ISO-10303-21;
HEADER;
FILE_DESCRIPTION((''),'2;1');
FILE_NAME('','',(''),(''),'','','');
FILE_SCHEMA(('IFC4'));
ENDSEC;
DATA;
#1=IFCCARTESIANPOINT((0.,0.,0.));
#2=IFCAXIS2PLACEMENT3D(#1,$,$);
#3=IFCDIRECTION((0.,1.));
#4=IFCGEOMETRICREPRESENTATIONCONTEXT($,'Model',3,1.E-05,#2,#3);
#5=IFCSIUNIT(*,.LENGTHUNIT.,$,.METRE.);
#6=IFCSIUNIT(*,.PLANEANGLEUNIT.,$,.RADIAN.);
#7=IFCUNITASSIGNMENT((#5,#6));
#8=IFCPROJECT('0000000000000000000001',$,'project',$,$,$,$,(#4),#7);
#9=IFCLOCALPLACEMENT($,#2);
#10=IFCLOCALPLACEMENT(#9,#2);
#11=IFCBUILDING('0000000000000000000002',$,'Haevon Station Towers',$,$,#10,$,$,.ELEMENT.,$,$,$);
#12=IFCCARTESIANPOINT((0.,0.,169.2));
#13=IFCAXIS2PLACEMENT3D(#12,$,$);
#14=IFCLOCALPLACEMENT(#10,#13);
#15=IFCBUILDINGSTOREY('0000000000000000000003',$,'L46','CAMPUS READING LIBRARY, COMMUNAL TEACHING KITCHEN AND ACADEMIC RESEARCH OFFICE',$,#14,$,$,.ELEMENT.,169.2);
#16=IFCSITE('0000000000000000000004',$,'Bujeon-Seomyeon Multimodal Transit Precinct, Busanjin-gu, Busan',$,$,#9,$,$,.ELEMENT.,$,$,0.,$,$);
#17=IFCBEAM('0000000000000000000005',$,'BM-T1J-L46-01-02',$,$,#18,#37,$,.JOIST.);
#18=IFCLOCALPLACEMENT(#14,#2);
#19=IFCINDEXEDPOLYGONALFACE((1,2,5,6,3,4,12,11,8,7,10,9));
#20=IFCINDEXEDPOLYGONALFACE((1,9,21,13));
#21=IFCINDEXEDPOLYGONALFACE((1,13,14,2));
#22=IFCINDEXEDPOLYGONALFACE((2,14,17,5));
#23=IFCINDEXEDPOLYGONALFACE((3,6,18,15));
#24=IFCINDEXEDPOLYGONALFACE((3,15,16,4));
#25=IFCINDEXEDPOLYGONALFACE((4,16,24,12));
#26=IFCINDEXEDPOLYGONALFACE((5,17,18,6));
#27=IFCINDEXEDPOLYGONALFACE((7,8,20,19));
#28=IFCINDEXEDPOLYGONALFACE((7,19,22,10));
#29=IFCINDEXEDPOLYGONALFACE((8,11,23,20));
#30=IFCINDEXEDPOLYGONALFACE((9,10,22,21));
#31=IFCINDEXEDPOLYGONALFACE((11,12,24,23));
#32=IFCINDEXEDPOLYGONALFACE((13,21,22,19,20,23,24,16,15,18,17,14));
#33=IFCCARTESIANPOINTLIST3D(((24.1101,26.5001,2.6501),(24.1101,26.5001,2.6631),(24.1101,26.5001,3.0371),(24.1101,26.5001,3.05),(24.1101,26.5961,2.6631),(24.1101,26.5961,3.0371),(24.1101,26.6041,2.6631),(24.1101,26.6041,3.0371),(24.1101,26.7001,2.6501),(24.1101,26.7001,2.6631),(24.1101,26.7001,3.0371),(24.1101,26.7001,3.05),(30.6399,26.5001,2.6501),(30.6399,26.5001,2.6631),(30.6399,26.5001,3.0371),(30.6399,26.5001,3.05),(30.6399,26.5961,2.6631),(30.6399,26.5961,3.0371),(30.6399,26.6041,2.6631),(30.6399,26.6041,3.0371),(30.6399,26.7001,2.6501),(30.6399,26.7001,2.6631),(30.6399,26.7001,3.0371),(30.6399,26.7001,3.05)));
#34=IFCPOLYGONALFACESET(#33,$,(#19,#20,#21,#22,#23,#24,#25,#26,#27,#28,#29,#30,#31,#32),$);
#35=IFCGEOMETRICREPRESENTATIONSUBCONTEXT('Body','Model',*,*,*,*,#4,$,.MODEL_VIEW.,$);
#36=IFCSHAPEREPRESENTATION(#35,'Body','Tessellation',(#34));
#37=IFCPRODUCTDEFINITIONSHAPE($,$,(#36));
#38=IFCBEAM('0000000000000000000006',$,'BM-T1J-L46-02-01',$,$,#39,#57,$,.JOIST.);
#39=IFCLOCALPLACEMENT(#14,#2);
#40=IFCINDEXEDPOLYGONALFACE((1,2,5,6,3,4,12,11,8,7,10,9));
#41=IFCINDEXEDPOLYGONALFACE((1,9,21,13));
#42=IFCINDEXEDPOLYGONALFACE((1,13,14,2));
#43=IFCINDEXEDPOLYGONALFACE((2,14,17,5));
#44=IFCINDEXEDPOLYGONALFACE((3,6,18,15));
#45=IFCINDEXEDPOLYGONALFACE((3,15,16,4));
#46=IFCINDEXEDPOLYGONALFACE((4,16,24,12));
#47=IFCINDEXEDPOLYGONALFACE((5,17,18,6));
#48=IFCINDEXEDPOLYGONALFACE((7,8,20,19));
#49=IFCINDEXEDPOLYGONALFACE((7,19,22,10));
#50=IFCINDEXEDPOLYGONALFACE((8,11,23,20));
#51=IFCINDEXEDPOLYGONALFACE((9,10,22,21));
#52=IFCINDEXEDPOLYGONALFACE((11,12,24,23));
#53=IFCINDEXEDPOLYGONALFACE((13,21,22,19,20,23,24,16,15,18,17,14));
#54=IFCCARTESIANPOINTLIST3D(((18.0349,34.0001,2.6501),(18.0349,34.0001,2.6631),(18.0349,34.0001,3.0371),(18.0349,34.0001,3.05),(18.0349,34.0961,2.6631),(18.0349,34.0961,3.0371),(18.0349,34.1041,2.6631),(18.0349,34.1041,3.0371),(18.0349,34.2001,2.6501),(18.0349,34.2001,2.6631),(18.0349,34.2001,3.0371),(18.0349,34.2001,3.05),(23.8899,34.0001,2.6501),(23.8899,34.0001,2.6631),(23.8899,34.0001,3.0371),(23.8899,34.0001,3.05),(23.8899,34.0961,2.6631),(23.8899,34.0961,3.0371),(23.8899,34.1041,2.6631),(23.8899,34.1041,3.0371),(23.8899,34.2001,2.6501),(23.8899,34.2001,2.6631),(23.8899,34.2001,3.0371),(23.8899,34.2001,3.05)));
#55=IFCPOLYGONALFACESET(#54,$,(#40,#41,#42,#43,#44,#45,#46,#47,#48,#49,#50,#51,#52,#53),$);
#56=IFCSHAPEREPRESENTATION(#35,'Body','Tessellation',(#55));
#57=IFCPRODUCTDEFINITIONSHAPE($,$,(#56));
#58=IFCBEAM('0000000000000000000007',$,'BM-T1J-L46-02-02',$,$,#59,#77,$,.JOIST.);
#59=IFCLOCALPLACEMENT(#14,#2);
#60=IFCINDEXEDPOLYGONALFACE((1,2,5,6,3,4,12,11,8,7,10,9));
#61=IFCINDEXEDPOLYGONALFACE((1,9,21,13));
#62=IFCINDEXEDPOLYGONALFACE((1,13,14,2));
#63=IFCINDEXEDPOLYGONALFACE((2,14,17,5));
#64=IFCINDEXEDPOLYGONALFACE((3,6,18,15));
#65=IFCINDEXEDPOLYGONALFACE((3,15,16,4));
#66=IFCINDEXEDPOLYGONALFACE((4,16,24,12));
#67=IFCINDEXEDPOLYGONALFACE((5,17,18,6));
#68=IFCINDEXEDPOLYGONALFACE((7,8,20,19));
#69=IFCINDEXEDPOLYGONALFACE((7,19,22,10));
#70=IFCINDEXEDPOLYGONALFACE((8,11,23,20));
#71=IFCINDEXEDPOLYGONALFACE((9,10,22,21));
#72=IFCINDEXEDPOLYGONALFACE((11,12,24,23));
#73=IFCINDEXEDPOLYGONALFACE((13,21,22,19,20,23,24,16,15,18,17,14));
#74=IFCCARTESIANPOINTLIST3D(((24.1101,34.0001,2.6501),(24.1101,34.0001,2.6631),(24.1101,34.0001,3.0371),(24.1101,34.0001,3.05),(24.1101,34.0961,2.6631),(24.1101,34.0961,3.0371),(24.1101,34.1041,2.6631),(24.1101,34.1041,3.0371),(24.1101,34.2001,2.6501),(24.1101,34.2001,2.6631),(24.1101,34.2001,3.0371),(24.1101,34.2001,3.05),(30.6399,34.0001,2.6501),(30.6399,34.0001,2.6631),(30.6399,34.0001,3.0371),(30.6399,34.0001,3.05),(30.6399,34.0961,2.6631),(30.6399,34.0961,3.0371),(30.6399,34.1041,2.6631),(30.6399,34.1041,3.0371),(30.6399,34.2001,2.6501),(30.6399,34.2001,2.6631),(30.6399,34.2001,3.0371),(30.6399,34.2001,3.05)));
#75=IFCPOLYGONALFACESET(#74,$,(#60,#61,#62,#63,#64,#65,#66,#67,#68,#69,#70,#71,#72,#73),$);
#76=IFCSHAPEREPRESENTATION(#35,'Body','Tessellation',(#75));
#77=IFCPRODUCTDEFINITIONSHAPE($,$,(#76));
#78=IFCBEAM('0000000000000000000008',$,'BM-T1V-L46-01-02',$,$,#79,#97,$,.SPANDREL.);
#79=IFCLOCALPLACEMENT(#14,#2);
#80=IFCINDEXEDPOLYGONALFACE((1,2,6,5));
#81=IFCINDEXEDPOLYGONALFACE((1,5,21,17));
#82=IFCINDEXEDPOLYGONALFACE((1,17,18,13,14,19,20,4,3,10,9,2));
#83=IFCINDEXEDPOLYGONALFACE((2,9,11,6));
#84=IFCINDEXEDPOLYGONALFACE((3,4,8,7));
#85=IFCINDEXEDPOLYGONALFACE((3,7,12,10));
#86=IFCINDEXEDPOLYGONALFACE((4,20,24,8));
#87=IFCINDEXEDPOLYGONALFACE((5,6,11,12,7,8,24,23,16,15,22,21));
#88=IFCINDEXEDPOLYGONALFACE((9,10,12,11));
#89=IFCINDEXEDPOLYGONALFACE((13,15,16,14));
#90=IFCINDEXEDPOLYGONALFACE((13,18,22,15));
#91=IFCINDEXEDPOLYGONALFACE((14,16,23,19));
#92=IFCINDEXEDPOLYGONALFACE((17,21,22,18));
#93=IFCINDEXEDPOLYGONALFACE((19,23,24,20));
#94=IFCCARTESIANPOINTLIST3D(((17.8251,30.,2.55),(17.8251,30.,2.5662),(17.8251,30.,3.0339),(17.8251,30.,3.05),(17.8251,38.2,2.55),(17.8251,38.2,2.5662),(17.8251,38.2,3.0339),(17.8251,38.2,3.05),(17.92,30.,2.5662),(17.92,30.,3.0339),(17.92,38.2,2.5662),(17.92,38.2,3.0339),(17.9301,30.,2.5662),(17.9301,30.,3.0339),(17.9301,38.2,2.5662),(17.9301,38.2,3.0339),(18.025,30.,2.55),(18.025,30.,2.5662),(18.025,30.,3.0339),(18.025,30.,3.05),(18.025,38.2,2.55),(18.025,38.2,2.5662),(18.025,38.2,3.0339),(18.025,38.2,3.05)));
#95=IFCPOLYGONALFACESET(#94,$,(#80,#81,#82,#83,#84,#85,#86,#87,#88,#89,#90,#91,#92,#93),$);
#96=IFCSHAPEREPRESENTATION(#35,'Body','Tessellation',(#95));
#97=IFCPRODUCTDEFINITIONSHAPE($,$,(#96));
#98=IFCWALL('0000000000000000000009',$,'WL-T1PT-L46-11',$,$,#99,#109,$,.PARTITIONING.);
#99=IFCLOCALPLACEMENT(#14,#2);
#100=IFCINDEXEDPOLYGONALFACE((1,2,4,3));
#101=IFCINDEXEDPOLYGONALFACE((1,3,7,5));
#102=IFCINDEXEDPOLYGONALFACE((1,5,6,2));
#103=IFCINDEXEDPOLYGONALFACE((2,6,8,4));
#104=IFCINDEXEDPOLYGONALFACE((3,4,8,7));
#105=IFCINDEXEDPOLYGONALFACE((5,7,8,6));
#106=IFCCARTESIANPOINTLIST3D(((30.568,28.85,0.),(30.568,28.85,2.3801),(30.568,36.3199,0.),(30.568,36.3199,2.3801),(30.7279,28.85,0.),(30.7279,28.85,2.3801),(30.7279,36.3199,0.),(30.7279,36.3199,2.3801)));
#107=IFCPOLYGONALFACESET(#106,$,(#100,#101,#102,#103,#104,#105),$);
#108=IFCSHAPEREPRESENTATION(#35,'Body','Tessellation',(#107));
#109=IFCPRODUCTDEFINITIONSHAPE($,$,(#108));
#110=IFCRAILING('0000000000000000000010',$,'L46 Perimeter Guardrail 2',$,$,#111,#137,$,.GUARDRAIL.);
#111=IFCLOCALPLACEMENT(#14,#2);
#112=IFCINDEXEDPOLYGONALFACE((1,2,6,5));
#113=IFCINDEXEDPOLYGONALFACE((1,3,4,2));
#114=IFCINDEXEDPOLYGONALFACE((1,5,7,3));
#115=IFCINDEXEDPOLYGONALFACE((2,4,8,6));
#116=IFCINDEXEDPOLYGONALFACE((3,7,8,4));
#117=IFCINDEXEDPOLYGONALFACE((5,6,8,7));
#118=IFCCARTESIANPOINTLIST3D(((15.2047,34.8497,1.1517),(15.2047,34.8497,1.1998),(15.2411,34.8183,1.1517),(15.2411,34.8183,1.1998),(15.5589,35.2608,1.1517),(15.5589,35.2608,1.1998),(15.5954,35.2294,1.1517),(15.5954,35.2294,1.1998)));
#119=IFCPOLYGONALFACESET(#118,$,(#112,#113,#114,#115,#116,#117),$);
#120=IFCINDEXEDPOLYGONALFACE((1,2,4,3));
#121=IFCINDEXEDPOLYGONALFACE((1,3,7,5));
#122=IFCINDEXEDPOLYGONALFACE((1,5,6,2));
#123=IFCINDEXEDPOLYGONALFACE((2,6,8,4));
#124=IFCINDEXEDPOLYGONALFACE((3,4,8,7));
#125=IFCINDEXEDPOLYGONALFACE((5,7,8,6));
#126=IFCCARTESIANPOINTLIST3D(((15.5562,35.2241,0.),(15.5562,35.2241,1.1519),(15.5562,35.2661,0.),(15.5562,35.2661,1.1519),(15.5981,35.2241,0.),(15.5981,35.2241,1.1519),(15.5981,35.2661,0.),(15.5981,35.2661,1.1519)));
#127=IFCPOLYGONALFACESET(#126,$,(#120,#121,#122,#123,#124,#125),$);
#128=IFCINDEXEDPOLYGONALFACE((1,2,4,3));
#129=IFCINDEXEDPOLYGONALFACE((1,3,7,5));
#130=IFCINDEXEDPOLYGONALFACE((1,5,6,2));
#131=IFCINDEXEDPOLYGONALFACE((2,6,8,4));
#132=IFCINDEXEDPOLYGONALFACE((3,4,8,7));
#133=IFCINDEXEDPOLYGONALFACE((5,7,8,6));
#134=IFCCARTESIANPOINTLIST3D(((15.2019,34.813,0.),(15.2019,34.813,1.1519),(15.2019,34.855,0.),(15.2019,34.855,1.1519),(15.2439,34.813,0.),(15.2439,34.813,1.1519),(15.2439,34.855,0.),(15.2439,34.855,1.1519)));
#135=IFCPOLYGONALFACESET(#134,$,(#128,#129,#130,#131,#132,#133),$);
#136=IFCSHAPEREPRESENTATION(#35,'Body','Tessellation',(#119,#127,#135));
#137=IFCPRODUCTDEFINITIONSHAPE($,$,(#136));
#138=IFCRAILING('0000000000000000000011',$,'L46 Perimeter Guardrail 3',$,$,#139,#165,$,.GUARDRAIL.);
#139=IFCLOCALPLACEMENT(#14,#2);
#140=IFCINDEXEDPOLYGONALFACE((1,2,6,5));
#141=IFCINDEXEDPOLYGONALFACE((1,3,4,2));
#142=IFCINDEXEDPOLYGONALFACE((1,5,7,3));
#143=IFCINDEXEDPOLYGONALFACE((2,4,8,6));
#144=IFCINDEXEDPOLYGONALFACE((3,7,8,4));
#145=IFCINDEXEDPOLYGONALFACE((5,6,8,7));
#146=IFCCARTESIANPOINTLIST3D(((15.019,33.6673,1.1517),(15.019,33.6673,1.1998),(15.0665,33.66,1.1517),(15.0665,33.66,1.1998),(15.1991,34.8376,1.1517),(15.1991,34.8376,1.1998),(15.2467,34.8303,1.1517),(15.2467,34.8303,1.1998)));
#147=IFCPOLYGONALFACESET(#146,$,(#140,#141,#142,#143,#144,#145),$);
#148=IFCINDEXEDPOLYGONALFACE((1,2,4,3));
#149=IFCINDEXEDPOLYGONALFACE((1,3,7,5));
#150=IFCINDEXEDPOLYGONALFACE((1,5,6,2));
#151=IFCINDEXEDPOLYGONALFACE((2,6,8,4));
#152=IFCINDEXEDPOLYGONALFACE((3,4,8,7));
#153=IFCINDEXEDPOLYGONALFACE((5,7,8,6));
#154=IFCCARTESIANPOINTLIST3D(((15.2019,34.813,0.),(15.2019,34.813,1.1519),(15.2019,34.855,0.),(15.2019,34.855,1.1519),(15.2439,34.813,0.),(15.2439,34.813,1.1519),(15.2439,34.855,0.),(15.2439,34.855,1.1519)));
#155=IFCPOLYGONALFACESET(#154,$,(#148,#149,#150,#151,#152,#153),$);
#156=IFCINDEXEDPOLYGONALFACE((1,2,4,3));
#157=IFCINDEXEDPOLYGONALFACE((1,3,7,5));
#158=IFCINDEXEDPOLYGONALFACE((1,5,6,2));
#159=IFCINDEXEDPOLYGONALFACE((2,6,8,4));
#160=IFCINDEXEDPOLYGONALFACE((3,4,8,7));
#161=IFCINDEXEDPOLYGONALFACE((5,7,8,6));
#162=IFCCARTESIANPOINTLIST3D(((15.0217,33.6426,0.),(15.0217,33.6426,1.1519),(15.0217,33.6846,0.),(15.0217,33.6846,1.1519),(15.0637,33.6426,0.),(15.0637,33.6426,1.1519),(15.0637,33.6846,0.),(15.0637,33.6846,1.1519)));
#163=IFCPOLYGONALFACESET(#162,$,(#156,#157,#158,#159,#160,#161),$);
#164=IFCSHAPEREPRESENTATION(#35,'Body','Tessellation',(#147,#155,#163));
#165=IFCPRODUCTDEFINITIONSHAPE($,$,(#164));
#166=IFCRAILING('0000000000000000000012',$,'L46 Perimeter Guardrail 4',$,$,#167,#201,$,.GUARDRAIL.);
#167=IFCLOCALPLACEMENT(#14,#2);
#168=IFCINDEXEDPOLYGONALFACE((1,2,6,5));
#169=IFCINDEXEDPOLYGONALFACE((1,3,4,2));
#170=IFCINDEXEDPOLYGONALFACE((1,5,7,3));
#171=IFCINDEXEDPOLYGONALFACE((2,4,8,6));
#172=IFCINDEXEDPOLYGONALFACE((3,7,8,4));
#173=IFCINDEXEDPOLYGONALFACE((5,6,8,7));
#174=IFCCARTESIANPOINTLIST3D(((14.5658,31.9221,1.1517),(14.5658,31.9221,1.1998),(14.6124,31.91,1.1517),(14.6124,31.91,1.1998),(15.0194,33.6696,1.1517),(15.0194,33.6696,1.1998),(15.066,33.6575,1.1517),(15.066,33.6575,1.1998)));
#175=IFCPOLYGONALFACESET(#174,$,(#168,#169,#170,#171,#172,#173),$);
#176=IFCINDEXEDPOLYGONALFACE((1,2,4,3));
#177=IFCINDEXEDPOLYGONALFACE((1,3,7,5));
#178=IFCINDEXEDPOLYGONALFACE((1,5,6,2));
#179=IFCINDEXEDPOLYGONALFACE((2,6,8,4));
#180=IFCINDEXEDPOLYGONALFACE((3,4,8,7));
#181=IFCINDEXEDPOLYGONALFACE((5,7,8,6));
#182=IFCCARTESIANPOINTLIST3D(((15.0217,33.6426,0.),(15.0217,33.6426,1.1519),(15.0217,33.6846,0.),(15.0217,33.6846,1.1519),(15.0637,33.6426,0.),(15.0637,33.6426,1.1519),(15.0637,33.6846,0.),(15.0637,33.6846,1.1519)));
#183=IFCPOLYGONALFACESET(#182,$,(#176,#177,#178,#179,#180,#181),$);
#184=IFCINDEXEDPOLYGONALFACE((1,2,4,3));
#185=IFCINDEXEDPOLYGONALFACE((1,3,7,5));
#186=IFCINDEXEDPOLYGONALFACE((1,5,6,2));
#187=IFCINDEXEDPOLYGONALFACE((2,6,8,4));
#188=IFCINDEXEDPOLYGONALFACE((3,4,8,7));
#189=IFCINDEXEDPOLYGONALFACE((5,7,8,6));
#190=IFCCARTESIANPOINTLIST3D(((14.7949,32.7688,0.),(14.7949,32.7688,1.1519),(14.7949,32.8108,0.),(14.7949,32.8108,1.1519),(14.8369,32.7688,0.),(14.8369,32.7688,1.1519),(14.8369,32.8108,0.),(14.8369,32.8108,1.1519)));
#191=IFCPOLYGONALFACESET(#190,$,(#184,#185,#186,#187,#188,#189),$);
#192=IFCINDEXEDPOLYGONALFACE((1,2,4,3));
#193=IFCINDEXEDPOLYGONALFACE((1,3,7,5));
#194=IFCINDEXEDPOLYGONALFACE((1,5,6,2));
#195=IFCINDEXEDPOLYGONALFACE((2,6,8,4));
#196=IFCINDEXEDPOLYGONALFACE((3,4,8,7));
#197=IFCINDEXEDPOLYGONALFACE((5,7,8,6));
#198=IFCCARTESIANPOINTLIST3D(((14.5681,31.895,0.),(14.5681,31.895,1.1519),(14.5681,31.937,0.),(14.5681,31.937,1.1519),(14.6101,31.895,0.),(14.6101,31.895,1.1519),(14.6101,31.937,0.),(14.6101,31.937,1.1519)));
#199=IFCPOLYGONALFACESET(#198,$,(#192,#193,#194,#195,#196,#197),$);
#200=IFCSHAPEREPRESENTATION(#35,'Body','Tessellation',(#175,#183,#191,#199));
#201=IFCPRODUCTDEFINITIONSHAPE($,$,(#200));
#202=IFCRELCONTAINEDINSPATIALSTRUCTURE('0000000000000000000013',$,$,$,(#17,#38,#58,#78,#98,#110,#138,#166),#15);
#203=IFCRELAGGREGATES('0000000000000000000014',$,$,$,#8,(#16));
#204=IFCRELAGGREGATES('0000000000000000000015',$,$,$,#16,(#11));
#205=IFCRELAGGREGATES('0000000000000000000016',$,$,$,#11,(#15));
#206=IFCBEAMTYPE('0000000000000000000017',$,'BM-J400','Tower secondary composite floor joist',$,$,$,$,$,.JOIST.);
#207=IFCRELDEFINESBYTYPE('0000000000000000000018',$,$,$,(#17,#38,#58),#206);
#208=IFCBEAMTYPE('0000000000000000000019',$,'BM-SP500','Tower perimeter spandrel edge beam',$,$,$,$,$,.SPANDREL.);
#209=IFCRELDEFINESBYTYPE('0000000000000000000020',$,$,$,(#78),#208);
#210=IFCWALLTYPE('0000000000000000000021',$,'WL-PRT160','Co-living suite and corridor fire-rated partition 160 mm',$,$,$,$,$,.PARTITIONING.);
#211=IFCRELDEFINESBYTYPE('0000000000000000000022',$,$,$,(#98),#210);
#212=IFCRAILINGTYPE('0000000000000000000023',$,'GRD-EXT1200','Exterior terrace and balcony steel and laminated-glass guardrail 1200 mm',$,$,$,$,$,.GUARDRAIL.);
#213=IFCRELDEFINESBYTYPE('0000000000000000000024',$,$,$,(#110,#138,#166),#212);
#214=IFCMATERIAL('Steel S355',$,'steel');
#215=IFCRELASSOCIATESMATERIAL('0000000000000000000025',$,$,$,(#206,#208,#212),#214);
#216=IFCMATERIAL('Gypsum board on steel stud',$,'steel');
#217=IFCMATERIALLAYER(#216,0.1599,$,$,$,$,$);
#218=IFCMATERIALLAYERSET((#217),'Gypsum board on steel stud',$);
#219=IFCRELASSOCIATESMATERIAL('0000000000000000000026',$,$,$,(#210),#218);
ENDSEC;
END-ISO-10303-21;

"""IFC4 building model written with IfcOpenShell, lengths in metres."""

from ifc_helpers import new_model, si_unit, direction, frame, frame_2d, origin, origin_2d, place, context, subcontext, project, spatial, rectangle, i_section, extrude, material, layer, layer_set, material_profile, profile_set, type_object, element, save


model = new_model("IFC4")

# Units and contexts
model_context = context("Model", 3, precision=1e-05, world=origin(), true_north=direction((0.0, 1.0)))
body_context = subcontext(model_context, "Body", "Model", "MODEL_VIEW")
ifc_project = project(units=[si_unit("LENGTHUNIT", "METRE"), si_unit("PLANEANGLEUNIT", "RADIAN")], contexts=[model_context])

# Site, building, storey
site_placement = place(None, origin())
site = spatial("IfcSite", under=ifc_project, at=site_placement, Name="Bujeon-Seomyeon Multimodal Transit Precinct, Busanjin-gu, Busan", CompositionType="ELEMENT", RefElevation=0.0)
building_placement = place(site_placement, origin())
building = spatial("IfcBuilding", under=site, at=building_placement, Name="Haevon Station Towers", CompositionType="ELEMENT")
storey_placement = place(building_placement, frame((0.0, 0.0, 169.2)))
storey = spatial("IfcBuildingStorey", under=building, at=storey_placement, Name="L46", Description="CAMPUS READING LIBRARY, COMMUNAL TEACHING KITCHEN AND ACADEMIC RESEARCH OFFICE", CompositionType="ELEMENT", Elevation=169.2)

# Shared definitions
ifc_material_1 = material(Name="Steel S355", Category="steel")

# Beams
ifc_material_profile_1 = material_profile(ifc_material_1, i_section(OverallWidth=0.2, OverallDepth=0.3999, WebThickness=0.0081, FlangeThickness=0.0129, at=origin_2d()), Name="H-400x200x8x13")
ifc_profile_set_1 = profile_set([ifc_material_profile_1], Name="Steel S355")
beam_type_1 = type_object("IfcBeamType", Name="BM-J400", Description="Tower secondary composite floor joist", PredefinedType="JOIST", material=ifc_profile_set_1)
beam_1_placement = place(storey_placement, frame((24.1101, 26.6001, 2.8501), z_axis=(1.0, 0.0, 0.0), x_axis=(0.0, 1.0, 0.0)))
element("IfcBeam", 1, at=beam_1_placement, inside=storey, type_object=beam_type_1, Name="BM-T1J-L46-01-02", PredefinedType="JOIST", context=body_context, shape_type="SweptSolid", body=[
    extrude(i_section(OverallWidth=0.2, OverallDepth=0.3999, WebThickness=0.0081, FlangeThickness=0.0129, at=origin_2d()), origin(), (0.0, 0.0, 1.0), 6.5298),
])
beam_2_placement = place(storey_placement, frame((18.0349, 34.1001, 2.8501), z_axis=(1.0, 0.0, 0.0), x_axis=(0.0, 1.0, 0.0)))
element("IfcBeam", 2, at=beam_2_placement, inside=storey, type_object=beam_type_1, Name="BM-T1J-L46-02-01", PredefinedType="JOIST", context=body_context, shape_type="SweptSolid", body=[
    extrude(i_section(OverallWidth=0.2, OverallDepth=0.3999, WebThickness=0.0081, FlangeThickness=0.0129, at=origin_2d()), origin(), (0.0, 0.0, 1.0), 5.855),
])
beam_3_placement = place(storey_placement, frame((24.1101, 34.1001, 2.8501), z_axis=(1.0, 0.0, 0.0), x_axis=(0.0, 1.0, 0.0)))
element("IfcBeam", 3, at=beam_3_placement, inside=storey, type_object=beam_type_1, Name="BM-T1J-L46-02-02", PredefinedType="JOIST", context=body_context, shape_type="SweptSolid", body=[
    extrude(i_section(OverallWidth=0.2, OverallDepth=0.3999, WebThickness=0.0081, FlangeThickness=0.0129, at=origin_2d()), origin(), (0.0, 0.0, 1.0), 6.5298),
])
ifc_material_profile_2 = material_profile(ifc_material_1, i_section(OverallWidth=0.2, OverallDepth=0.5, WebThickness=0.01, FlangeThickness=0.0161, at=origin_2d()), Name="H-500x200x10x16")
ifc_profile_set_2 = profile_set([ifc_material_profile_2], Name="Steel S355")
beam_type_2 = type_object("IfcBeamType", Name="BM-SP500", Description="Tower perimeter spandrel edge beam", PredefinedType="SPANDREL", material=ifc_profile_set_2)
beam_4_placement = place(storey_placement, frame((17.925, 30.0, 2.8), z_axis=(0.0, 1.0, 0.0), x_axis=(-1.0, 0.0, 0.0)))
element("IfcBeam", 4, at=beam_4_placement, inside=storey, type_object=beam_type_2, Name="BM-T1V-L46-01-02", PredefinedType="SPANDREL", context=body_context, shape_type="SweptSolid", body=[
    extrude(i_section(OverallWidth=0.2, OverallDepth=0.5, WebThickness=0.01, FlangeThickness=0.0161, at=origin_2d()), origin(), (0.0, 0.0, 1.0), 8.2),
])

# Wall
ifc_material_2 = material(Name="Gypsum board on steel stud", Category="steel")
ifc_layer_1 = layer(ifc_material_2, 0.1599)
ifc_layer_set_1 = layer_set([ifc_layer_1], Name="Gypsum board on steel stud")
wall_type = type_object("IfcWallType", Name="WL-PRT160", Description="Co-living suite and corridor fire-rated partition 160 mm", PredefinedType="PARTITIONING", material=ifc_layer_set_1)
wall_placement = place(storey_placement, frame((30.6479, 28.8501, 0.0), z_axis=(0.0, 0.0, 1.0), x_axis=(0.0, 1.0, 0.0)))
element("IfcWall", 5, at=wall_placement, inside=storey, type_object=wall_type, Name="WL-T1PT-L46-11", PredefinedType="PARTITIONING", context=body_context, shape_type="SweptSolid", body=[
    extrude(rectangle(XDim=7.47, YDim=0.1599, at=frame_2d((3.7349, 0.0))), origin(), (0.0, 0.0, 1.0), 2.3801),
])

# Railings
railing_type = type_object("IfcRailingType", Name="GRD-EXT1200", Description="Exterior terrace and balcony steel and laminated-glass guardrail 1200 mm", PredefinedType="GUARDRAIL", material=ifc_material_1)
railing_1_placement = place(storey_placement, frame((15.5771, 35.2451, 0.0)))
element("IfcRailing", 6, at=railing_1_placement, inside=storey, type_object=railing_type, Name="L46 Perimeter Guardrail 2", PredefinedType="GUARDRAIL", context=body_context, shape_type="SweptSolid", body=[
    extrude(rectangle(XDim=0.0481, YDim=0.0481, at=origin_2d()), frame((0.0, 0.0, 1.1758), z_axis=(-0.652753, -0.757571, 0.0), x_axis=(0.757571, -0.652753, 0.0)), (0.0, 0.0, 1.0), 0.5427),
    extrude(rectangle(XDim=0.042, YDim=0.042, at=origin_2d()), origin(), (0.0, 0.0, 1.0), 1.1519),
    extrude(rectangle(XDim=0.042, YDim=0.042, at=origin_2d()), frame((-0.3542, -0.4111, 0.0)), (0.0, 0.0, 1.0), 1.1519),
])
railing_2_placement = place(storey_placement, frame((15.2229, 34.834, 0.0)))
element("IfcRailing", 7, at=railing_2_placement, inside=storey, type_object=railing_type, Name="L46 Perimeter Guardrail 3", PredefinedType="GUARDRAIL", context=body_context, shape_type="SweptSolid", body=[
    extrude(rectangle(XDim=0.0481, YDim=0.0481, at=origin_2d()), frame((0.0, 0.0, 1.1758), z_axis=(-0.15215, -0.988357, 0.0), x_axis=(0.988357, -0.15215, 0.0)), (0.0, 0.0, 1.0), 1.1841),
    extrude(rectangle(XDim=0.042, YDim=0.042, at=origin_2d()), origin(), (0.0, 0.0, 1.0), 1.1519),
    extrude(rectangle(XDim=0.042, YDim=0.042, at=origin_2d()), frame((-0.1802, -1.1704, 0.0)), (0.0, 0.0, 1.0), 1.1519),
])
railing_3_placement = place(storey_placement, frame((15.0427, 33.6636, 0.0)))
element("IfcRailing", 8, at=railing_3_placement, inside=storey, type_object=railing_type, Name="L46 Perimeter Guardrail 4", PredefinedType="GUARDRAIL", context=body_context, shape_type="SweptSolid", body=[
    extrude(rectangle(XDim=0.0481, YDim=0.0481, at=origin_2d()), frame((0.0, 0.0, 1.1758), z_axis=(-0.251244, -0.967924, 0.0), x_axis=(0.967924, -0.251244, 0.0)), (0.0, 0.0, 1.0), 1.8054),
    extrude(rectangle(XDim=0.042, YDim=0.042, at=origin_2d()), origin(), (0.0, 0.0, 1.0), 1.1519),
    extrude(rectangle(XDim=0.042, YDim=0.042, at=origin_2d()), frame((-0.2268, -0.8738, 0.0)), (0.0, 0.0, 1.0), 1.1519),
    extrude(rectangle(XDim=0.042, YDim=0.042, at=origin_2d()), frame((-0.4536, -1.7476, 0.0)), (0.0, 0.0, 1.0), 1.1519),
])

save(model, "model.ifc")
